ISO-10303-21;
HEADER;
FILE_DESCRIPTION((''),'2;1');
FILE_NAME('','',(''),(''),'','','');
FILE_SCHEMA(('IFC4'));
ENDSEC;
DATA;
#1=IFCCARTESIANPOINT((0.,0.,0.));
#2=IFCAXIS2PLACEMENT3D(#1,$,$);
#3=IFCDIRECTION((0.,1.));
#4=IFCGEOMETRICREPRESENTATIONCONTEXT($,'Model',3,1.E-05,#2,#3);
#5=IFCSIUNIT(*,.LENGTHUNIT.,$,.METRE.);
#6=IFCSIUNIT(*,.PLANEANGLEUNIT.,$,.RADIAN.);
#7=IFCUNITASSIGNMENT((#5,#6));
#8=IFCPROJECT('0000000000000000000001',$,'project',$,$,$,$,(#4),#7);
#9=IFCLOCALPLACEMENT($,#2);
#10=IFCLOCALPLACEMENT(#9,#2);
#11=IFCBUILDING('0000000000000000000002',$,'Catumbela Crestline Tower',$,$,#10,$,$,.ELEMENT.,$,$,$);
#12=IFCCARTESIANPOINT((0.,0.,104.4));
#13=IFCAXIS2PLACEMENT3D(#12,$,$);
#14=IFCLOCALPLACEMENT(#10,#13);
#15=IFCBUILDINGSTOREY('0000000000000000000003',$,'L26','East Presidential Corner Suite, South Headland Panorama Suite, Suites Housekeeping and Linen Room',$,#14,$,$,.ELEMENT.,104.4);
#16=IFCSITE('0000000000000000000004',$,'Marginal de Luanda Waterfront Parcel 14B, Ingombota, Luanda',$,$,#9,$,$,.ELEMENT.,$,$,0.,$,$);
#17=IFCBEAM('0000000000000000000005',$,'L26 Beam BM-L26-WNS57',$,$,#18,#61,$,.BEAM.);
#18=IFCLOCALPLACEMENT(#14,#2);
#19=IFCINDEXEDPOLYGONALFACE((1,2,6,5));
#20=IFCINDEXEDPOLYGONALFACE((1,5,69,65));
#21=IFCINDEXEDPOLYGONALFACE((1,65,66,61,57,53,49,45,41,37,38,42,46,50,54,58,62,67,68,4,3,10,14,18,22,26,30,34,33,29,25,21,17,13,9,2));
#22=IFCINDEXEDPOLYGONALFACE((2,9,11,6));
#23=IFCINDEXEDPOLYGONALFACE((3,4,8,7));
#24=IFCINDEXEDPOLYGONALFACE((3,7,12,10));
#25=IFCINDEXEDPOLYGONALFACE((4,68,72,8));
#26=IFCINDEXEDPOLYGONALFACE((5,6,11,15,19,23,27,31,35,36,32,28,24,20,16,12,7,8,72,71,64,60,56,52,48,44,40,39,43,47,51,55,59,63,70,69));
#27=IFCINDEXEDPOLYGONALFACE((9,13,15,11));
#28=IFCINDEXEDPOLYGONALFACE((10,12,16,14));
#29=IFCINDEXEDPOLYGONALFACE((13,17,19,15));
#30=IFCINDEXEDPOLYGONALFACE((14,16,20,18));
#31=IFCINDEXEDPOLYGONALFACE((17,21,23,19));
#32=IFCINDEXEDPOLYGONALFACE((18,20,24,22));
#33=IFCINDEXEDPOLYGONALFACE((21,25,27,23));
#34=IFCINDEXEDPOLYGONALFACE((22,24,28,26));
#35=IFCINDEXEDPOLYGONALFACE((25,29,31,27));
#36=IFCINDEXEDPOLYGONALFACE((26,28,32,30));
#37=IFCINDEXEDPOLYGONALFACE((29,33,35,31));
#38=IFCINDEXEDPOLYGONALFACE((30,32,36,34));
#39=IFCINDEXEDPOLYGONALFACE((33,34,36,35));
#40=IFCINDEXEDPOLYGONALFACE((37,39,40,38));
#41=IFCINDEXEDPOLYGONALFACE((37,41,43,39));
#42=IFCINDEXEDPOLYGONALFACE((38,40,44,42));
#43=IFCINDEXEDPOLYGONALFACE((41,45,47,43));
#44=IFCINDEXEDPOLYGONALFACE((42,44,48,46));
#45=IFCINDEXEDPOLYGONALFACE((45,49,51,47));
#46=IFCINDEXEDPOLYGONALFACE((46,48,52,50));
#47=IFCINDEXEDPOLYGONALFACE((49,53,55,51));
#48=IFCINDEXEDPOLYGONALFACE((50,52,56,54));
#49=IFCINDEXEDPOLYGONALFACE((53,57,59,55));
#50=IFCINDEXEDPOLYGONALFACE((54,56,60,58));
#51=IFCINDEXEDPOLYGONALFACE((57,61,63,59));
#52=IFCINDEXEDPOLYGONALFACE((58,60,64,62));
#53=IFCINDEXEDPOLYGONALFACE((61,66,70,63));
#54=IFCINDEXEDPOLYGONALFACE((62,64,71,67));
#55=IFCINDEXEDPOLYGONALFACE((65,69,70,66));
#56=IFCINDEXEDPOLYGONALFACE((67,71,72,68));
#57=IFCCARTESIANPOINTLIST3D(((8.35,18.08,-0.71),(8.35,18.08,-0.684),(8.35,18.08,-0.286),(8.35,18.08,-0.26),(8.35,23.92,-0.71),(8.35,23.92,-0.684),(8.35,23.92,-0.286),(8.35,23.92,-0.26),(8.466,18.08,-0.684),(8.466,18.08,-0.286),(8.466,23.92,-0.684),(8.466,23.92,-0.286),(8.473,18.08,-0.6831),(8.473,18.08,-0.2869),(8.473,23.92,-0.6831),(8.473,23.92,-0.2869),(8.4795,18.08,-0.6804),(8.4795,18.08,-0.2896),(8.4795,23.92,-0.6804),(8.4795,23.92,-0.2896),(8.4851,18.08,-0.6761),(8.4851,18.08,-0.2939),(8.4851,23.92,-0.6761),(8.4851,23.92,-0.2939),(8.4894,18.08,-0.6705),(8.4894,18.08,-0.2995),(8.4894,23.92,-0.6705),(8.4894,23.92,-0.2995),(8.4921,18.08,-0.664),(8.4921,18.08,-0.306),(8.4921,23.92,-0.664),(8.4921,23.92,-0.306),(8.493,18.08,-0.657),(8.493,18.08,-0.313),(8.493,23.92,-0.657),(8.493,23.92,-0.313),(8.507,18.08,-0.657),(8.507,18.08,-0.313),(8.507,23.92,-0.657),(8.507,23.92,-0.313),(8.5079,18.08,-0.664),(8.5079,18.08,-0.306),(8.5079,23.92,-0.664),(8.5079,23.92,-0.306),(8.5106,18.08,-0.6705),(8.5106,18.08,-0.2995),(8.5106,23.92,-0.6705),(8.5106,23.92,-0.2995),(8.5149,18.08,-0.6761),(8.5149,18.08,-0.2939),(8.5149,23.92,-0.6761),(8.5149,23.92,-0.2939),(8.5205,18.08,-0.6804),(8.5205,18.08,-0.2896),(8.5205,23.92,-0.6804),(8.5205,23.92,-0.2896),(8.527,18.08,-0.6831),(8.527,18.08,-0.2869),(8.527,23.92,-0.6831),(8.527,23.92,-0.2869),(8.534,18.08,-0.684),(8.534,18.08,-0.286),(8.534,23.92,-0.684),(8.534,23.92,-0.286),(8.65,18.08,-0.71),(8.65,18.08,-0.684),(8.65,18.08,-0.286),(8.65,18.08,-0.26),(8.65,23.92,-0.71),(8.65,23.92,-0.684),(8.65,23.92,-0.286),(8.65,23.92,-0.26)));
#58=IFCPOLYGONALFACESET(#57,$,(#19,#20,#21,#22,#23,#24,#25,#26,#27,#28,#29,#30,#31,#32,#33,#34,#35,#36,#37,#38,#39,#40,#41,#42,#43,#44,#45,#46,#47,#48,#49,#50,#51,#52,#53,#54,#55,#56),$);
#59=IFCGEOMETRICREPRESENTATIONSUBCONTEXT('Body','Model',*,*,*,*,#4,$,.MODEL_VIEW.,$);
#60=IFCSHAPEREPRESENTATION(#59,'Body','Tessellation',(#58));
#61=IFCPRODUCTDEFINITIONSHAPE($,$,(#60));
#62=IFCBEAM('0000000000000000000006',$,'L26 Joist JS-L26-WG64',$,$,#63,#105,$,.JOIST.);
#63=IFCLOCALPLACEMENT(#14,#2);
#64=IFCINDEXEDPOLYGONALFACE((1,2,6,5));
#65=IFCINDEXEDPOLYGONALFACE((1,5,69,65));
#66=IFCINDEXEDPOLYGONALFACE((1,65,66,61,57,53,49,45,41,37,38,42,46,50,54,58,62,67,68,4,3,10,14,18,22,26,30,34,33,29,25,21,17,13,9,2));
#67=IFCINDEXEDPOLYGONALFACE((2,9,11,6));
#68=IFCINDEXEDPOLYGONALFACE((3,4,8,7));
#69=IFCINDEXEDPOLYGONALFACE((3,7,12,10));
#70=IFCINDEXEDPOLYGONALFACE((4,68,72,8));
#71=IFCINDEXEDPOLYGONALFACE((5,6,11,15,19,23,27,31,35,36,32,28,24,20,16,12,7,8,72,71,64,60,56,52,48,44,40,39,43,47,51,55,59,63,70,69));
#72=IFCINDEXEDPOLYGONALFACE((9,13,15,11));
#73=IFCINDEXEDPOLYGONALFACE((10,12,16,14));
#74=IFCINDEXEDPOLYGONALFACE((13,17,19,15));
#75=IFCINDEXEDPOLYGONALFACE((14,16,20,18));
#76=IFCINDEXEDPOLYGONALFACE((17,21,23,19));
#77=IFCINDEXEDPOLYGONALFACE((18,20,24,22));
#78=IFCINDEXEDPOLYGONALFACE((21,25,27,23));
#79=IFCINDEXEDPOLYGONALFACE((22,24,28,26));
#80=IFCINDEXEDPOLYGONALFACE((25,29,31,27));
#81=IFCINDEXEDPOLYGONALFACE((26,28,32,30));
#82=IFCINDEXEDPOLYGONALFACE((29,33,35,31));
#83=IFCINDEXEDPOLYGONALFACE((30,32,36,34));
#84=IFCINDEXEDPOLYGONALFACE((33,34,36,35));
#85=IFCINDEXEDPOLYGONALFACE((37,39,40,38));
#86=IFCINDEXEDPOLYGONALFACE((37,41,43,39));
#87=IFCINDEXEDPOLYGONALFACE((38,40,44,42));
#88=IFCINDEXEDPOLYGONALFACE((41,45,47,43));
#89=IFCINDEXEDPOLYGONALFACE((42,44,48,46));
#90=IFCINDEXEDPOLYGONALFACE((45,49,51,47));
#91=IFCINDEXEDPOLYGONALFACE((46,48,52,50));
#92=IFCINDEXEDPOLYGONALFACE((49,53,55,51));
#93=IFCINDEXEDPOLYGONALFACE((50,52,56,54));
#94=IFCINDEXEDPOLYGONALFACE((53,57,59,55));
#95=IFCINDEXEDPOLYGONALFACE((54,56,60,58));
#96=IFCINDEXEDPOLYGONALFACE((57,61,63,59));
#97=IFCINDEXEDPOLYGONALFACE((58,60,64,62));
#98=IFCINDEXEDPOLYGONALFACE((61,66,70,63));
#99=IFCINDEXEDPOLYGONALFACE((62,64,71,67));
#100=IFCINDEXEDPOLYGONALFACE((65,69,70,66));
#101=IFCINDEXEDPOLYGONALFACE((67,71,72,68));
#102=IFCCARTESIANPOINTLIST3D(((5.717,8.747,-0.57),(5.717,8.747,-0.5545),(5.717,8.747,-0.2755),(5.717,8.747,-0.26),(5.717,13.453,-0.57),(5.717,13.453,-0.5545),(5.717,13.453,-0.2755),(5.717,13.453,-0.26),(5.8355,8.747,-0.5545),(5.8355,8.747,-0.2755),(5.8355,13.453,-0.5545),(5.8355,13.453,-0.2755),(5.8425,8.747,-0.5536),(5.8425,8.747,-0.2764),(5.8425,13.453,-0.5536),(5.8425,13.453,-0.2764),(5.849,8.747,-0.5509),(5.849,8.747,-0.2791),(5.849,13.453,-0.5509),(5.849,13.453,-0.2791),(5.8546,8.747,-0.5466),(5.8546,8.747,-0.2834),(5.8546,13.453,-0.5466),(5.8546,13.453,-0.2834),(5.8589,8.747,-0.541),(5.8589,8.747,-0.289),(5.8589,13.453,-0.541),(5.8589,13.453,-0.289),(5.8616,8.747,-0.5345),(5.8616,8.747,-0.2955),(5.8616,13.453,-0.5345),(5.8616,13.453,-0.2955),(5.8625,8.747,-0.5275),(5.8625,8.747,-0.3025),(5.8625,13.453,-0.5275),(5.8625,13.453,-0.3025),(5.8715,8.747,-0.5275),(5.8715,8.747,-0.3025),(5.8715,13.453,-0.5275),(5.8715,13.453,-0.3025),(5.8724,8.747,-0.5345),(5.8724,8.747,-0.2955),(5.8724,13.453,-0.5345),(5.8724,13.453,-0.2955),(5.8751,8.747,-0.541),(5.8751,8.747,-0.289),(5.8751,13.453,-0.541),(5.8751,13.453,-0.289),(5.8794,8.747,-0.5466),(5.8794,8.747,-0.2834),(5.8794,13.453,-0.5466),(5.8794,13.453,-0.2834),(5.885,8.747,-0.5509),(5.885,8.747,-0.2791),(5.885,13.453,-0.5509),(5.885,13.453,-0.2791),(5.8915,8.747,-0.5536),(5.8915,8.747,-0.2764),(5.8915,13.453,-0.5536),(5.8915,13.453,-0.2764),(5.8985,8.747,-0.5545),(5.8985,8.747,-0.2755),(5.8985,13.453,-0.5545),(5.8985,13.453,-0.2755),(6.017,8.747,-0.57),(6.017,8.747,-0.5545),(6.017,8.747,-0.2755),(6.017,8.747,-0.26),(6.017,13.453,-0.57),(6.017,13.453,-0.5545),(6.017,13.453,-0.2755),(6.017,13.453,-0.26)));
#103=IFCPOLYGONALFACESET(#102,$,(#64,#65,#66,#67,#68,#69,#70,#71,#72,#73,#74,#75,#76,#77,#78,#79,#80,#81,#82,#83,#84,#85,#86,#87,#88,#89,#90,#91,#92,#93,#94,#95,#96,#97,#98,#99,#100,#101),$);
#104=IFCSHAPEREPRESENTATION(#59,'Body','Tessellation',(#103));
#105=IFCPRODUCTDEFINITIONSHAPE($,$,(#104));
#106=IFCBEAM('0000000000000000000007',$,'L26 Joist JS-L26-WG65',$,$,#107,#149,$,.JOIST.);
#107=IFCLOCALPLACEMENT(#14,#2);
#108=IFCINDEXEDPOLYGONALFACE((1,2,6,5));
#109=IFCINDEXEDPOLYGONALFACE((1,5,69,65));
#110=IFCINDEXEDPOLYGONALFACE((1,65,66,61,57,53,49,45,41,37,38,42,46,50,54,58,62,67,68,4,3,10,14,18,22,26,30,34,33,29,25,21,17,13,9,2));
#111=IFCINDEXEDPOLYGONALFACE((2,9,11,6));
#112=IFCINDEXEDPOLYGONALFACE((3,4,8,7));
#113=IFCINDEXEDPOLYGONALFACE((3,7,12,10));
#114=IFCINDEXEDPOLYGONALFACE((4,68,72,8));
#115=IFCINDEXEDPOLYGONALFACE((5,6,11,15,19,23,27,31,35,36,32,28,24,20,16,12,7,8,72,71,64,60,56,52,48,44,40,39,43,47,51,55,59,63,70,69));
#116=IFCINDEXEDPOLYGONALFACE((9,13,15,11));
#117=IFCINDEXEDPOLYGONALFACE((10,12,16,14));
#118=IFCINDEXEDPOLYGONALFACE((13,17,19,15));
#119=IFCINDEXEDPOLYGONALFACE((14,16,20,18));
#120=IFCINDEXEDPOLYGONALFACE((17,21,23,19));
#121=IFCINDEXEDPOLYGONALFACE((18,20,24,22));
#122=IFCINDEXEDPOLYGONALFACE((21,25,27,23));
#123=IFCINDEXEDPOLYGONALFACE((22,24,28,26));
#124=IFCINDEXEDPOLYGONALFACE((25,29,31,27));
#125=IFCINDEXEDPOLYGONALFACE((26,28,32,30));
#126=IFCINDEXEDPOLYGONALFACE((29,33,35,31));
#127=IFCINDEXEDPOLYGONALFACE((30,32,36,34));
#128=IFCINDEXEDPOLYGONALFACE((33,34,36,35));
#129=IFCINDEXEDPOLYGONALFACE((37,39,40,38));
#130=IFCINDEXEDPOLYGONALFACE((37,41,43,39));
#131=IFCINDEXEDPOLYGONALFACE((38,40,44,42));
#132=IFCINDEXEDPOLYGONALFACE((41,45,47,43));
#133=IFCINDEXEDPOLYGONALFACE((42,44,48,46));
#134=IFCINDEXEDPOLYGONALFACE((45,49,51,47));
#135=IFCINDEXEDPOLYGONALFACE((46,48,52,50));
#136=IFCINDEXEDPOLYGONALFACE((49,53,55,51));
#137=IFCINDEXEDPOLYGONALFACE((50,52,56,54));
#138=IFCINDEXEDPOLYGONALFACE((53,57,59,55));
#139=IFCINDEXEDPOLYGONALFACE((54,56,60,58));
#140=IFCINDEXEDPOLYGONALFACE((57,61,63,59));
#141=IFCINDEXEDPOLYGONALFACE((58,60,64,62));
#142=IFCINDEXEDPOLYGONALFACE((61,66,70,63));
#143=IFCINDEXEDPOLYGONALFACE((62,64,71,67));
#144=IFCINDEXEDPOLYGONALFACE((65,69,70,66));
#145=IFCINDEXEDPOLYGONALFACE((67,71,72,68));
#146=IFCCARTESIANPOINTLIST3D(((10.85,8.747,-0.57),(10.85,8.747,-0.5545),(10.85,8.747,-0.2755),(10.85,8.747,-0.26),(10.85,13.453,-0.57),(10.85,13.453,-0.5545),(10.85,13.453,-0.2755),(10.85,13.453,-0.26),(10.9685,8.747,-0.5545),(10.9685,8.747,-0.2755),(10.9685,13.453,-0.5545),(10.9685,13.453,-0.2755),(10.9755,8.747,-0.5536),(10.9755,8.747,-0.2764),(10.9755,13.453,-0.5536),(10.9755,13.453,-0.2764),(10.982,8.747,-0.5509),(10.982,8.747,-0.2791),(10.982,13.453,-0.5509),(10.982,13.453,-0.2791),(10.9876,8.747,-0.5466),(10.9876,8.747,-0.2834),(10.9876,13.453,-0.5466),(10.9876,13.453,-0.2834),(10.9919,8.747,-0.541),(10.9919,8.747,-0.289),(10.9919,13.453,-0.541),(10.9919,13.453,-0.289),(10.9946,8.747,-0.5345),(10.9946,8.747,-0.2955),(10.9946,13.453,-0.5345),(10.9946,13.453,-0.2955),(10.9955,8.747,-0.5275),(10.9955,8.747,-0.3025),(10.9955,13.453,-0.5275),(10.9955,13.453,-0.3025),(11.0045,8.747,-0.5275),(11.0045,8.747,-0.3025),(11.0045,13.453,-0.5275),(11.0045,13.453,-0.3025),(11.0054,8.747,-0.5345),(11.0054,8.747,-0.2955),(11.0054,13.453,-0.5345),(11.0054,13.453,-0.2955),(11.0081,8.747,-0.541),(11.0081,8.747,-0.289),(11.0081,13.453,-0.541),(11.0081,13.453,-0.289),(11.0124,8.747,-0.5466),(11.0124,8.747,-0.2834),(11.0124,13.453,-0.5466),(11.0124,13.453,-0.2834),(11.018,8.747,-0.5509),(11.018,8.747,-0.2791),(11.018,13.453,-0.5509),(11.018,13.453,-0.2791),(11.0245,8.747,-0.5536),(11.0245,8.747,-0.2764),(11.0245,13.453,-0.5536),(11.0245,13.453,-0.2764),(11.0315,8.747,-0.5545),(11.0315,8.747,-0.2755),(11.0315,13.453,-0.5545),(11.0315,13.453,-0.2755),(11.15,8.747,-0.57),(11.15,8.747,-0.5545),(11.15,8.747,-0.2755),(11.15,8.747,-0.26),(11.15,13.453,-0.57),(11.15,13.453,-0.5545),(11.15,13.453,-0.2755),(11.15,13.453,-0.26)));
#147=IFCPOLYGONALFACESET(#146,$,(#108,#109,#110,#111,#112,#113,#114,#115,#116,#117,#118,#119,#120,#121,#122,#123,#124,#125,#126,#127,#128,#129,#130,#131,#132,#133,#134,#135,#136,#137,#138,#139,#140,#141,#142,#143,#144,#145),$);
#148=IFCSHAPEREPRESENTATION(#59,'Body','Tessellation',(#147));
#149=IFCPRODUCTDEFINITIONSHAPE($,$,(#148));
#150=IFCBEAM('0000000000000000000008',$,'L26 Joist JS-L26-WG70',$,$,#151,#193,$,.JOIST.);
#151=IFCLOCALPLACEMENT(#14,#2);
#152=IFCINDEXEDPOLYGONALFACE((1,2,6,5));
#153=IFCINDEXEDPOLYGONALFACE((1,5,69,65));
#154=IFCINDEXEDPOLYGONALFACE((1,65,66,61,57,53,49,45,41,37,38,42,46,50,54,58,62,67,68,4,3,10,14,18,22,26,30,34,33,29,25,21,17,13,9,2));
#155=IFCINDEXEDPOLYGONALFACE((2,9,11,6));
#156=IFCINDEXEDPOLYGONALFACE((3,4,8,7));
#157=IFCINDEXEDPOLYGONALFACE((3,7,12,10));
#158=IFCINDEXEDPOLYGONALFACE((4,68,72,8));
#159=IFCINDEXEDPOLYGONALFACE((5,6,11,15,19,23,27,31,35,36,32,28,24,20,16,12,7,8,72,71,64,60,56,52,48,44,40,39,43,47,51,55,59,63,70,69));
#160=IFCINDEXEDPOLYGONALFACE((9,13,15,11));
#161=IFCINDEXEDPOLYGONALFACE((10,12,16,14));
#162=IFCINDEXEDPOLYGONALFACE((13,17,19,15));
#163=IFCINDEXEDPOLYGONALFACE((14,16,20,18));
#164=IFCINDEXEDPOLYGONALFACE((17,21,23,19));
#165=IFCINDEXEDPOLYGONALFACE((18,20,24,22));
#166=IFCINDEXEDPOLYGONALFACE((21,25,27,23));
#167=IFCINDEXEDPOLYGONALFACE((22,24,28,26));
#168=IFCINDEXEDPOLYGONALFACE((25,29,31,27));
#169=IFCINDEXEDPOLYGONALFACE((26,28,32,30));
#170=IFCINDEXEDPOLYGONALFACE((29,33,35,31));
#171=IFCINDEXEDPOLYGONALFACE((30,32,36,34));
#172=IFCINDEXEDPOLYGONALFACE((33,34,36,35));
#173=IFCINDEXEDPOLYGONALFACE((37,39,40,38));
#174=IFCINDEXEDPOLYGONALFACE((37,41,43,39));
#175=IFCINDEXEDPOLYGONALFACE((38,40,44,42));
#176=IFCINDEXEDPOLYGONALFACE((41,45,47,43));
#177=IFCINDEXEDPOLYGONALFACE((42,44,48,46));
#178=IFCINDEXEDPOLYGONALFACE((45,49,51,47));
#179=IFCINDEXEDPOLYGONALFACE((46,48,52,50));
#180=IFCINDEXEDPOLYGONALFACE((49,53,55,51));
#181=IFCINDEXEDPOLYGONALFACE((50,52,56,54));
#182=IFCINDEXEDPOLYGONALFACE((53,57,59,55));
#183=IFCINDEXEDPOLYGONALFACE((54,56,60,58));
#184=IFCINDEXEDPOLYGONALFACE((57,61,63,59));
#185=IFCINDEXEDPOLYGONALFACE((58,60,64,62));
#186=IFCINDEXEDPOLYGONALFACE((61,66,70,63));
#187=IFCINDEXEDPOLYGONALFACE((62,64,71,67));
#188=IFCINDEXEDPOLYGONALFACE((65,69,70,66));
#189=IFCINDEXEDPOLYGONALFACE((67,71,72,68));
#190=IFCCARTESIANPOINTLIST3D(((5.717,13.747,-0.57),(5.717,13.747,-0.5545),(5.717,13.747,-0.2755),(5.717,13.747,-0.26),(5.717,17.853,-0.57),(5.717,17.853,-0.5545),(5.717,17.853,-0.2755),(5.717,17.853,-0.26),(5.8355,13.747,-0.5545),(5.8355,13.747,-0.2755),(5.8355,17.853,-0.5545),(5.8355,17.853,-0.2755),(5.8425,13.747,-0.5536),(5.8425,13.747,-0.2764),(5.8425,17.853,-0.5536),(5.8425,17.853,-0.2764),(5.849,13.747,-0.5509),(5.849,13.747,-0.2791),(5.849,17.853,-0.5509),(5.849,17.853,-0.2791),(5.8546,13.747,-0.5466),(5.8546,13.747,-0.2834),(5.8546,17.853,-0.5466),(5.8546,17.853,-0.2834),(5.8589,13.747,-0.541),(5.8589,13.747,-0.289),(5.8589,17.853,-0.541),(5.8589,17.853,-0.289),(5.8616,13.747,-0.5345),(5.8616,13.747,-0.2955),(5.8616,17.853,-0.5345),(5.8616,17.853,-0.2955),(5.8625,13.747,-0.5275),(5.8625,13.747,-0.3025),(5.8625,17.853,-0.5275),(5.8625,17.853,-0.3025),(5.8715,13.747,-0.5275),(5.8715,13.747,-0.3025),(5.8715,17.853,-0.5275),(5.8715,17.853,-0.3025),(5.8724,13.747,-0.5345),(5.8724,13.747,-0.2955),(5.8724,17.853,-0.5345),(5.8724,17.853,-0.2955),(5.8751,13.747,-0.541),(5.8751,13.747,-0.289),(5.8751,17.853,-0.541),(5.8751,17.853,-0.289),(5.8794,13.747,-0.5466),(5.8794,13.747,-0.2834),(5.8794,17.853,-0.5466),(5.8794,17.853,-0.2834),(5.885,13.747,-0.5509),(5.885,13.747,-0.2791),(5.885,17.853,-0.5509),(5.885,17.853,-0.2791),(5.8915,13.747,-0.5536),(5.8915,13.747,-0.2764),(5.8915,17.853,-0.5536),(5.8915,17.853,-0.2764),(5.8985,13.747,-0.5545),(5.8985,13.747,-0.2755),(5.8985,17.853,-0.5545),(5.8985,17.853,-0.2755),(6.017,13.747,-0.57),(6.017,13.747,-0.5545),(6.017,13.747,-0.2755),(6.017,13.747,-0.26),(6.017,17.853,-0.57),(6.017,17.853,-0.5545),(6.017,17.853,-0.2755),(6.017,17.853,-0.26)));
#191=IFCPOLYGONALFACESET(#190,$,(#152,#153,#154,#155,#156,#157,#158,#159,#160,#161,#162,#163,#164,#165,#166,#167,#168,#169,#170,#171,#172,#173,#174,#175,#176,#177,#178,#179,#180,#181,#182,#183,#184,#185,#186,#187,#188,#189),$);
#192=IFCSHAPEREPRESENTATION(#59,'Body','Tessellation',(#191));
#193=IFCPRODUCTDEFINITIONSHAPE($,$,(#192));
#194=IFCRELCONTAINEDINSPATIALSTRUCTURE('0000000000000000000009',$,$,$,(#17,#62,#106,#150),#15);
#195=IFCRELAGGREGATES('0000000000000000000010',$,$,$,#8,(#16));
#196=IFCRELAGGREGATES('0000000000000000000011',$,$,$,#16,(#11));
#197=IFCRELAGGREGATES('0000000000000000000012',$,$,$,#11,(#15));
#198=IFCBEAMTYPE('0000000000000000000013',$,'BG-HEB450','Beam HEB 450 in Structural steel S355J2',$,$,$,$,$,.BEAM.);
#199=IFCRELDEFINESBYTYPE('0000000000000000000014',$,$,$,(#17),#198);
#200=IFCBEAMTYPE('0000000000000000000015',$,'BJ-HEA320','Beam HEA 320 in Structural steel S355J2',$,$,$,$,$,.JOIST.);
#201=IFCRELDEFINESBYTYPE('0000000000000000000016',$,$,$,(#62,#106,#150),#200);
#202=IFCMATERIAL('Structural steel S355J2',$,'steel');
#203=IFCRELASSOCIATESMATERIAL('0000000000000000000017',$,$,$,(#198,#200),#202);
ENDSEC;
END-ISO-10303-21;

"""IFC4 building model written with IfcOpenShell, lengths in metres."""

from ifc_helpers import new_model, si_unit, direction, frame, origin, origin_2d, place, context, subcontext, project, spatial, i_section, extrude, material, material_profile, profile_set, type_object, element, save


model = new_model("IFC4")

# Units and contexts
model_context = context("Model", 3, precision=1e-05, world=origin(), true_north=direction((0.0, 1.0)))
body_context = subcontext(model_context, "Body", "Model", "MODEL_VIEW")
ifc_project = project(units=[si_unit("LENGTHUNIT", "METRE"), si_unit("PLANEANGLEUNIT", "RADIAN")], contexts=[model_context])

# Site, building, storey
site_placement = place(None, origin())
site = spatial("IfcSite", under=ifc_project, at=site_placement, Name="Marginal de Luanda Waterfront Parcel 14B, Ingombota, Luanda", CompositionType="ELEMENT", RefElevation=0.0)
building_placement = place(site_placement, origin())
building = spatial("IfcBuilding", under=site, at=building_placement, Name="Catumbela Crestline Tower", CompositionType="ELEMENT")
storey_placement = place(building_placement, frame((0.0, 0.0, 104.4)))
storey = spatial("IfcBuildingStorey", under=building, at=storey_placement, Name="L26", Description="East Presidential Corner Suite, South Headland Panorama Suite, Suites Housekeeping and Linen Room", CompositionType="ELEMENT", Elevation=104.4)

# Beams
ifc_material_1 = material(Name="Structural steel S355J2", Category="steel")
ifc_material_profile_1 = material_profile(ifc_material_1, i_section(OverallWidth=0.3, OverallDepth=0.45, WebThickness=0.014, FlangeThickness=0.026, FilletRadius=0.027, at=origin_2d()), Name="HEB 450")
ifc_profile_set_1 = profile_set([ifc_material_profile_1], Name="Structural steel S355J2")
beam_type_1 = type_object("IfcBeamType", Name="BG-HEB450", Description="Beam HEB 450 in Structural steel S355J2", PredefinedType="BEAM", material=ifc_profile_set_1)
beam_1_placement = place(storey_placement, frame((8.5, 18.08, -0.485), z_axis=(0.0, 1.0, 0.0), x_axis=(-1.0, 0.0, 0.0)))
element("IfcBeam", 1, at=beam_1_placement, inside=storey, type_object=beam_type_1, Name="L26 Beam BM-L26-WNS57", PredefinedType="BEAM", context=body_context, shape_type="SweptSolid", body=[
    extrude(i_section(OverallWidth=0.3, OverallDepth=0.45, WebThickness=0.014, FlangeThickness=0.026, FilletRadius=0.027, at=origin_2d()), origin(), (0.0, 0.0, 1.0), 5.84),
])
ifc_material_profile_2 = material_profile(ifc_material_1, i_section(OverallWidth=0.3, OverallDepth=0.31, WebThickness=0.009, FlangeThickness=0.0155, FilletRadius=0.027, at=origin_2d()), Name="HEA 320")
ifc_profile_set_2 = profile_set([ifc_material_profile_2], Name="Structural steel S355J2")
beam_type_2 = type_object("IfcBeamType", Name="BJ-HEA320", Description="Beam HEA 320 in Structural steel S355J2", PredefinedType="JOIST", material=ifc_profile_set_2)
for number, where, z_axis, x_axis, name in (
    (2, (5.867, 8.747, -0.415), (0.0, 1.0, 0.0), (-1.0, 0.0, 0.0), "L26 Joist JS-L26-WG64"),
    (3, (11.0, 8.747, -0.415), (0.0, 1.0, 0.0), (-1.0, 0.0, 0.0), "L26 Joist JS-L26-WG65"),
):
    element("IfcBeam", number, at=place(storey_placement, frame(where, z_axis=z_axis, x_axis=x_axis)), inside=storey, type_object=beam_type_2, Name=name, PredefinedType="JOIST", context=body_context, shape_type="SweptSolid", body=[
        extrude(i_section(OverallWidth=0.3, OverallDepth=0.31, WebThickness=0.009, FlangeThickness=0.0155, FilletRadius=0.027, at=origin_2d()), origin(), (0.0, 0.0, 1.0), 4.706),
    ])
for number, where, z_axis, x_axis, name in (
    (4, (5.867, 13.747, -0.415), (0.0, 1.0, 0.0), (-1.0, 0.0, 0.0), "L26 Joist JS-L26-WG70"),
):
    element("IfcBeam", number, at=place(storey_placement, frame(where, z_axis=z_axis, x_axis=x_axis)), inside=storey, type_object=beam_type_2, Name=name, PredefinedType="JOIST", context=body_context, shape_type="SweptSolid", body=[
        extrude(i_section(OverallWidth=0.3, OverallDepth=0.31, WebThickness=0.009, FlangeThickness=0.0155, FilletRadius=0.027, at=origin_2d()), origin(), (0.0, 0.0, 1.0), 4.106),
    ])

save(model, "model.ifc")
